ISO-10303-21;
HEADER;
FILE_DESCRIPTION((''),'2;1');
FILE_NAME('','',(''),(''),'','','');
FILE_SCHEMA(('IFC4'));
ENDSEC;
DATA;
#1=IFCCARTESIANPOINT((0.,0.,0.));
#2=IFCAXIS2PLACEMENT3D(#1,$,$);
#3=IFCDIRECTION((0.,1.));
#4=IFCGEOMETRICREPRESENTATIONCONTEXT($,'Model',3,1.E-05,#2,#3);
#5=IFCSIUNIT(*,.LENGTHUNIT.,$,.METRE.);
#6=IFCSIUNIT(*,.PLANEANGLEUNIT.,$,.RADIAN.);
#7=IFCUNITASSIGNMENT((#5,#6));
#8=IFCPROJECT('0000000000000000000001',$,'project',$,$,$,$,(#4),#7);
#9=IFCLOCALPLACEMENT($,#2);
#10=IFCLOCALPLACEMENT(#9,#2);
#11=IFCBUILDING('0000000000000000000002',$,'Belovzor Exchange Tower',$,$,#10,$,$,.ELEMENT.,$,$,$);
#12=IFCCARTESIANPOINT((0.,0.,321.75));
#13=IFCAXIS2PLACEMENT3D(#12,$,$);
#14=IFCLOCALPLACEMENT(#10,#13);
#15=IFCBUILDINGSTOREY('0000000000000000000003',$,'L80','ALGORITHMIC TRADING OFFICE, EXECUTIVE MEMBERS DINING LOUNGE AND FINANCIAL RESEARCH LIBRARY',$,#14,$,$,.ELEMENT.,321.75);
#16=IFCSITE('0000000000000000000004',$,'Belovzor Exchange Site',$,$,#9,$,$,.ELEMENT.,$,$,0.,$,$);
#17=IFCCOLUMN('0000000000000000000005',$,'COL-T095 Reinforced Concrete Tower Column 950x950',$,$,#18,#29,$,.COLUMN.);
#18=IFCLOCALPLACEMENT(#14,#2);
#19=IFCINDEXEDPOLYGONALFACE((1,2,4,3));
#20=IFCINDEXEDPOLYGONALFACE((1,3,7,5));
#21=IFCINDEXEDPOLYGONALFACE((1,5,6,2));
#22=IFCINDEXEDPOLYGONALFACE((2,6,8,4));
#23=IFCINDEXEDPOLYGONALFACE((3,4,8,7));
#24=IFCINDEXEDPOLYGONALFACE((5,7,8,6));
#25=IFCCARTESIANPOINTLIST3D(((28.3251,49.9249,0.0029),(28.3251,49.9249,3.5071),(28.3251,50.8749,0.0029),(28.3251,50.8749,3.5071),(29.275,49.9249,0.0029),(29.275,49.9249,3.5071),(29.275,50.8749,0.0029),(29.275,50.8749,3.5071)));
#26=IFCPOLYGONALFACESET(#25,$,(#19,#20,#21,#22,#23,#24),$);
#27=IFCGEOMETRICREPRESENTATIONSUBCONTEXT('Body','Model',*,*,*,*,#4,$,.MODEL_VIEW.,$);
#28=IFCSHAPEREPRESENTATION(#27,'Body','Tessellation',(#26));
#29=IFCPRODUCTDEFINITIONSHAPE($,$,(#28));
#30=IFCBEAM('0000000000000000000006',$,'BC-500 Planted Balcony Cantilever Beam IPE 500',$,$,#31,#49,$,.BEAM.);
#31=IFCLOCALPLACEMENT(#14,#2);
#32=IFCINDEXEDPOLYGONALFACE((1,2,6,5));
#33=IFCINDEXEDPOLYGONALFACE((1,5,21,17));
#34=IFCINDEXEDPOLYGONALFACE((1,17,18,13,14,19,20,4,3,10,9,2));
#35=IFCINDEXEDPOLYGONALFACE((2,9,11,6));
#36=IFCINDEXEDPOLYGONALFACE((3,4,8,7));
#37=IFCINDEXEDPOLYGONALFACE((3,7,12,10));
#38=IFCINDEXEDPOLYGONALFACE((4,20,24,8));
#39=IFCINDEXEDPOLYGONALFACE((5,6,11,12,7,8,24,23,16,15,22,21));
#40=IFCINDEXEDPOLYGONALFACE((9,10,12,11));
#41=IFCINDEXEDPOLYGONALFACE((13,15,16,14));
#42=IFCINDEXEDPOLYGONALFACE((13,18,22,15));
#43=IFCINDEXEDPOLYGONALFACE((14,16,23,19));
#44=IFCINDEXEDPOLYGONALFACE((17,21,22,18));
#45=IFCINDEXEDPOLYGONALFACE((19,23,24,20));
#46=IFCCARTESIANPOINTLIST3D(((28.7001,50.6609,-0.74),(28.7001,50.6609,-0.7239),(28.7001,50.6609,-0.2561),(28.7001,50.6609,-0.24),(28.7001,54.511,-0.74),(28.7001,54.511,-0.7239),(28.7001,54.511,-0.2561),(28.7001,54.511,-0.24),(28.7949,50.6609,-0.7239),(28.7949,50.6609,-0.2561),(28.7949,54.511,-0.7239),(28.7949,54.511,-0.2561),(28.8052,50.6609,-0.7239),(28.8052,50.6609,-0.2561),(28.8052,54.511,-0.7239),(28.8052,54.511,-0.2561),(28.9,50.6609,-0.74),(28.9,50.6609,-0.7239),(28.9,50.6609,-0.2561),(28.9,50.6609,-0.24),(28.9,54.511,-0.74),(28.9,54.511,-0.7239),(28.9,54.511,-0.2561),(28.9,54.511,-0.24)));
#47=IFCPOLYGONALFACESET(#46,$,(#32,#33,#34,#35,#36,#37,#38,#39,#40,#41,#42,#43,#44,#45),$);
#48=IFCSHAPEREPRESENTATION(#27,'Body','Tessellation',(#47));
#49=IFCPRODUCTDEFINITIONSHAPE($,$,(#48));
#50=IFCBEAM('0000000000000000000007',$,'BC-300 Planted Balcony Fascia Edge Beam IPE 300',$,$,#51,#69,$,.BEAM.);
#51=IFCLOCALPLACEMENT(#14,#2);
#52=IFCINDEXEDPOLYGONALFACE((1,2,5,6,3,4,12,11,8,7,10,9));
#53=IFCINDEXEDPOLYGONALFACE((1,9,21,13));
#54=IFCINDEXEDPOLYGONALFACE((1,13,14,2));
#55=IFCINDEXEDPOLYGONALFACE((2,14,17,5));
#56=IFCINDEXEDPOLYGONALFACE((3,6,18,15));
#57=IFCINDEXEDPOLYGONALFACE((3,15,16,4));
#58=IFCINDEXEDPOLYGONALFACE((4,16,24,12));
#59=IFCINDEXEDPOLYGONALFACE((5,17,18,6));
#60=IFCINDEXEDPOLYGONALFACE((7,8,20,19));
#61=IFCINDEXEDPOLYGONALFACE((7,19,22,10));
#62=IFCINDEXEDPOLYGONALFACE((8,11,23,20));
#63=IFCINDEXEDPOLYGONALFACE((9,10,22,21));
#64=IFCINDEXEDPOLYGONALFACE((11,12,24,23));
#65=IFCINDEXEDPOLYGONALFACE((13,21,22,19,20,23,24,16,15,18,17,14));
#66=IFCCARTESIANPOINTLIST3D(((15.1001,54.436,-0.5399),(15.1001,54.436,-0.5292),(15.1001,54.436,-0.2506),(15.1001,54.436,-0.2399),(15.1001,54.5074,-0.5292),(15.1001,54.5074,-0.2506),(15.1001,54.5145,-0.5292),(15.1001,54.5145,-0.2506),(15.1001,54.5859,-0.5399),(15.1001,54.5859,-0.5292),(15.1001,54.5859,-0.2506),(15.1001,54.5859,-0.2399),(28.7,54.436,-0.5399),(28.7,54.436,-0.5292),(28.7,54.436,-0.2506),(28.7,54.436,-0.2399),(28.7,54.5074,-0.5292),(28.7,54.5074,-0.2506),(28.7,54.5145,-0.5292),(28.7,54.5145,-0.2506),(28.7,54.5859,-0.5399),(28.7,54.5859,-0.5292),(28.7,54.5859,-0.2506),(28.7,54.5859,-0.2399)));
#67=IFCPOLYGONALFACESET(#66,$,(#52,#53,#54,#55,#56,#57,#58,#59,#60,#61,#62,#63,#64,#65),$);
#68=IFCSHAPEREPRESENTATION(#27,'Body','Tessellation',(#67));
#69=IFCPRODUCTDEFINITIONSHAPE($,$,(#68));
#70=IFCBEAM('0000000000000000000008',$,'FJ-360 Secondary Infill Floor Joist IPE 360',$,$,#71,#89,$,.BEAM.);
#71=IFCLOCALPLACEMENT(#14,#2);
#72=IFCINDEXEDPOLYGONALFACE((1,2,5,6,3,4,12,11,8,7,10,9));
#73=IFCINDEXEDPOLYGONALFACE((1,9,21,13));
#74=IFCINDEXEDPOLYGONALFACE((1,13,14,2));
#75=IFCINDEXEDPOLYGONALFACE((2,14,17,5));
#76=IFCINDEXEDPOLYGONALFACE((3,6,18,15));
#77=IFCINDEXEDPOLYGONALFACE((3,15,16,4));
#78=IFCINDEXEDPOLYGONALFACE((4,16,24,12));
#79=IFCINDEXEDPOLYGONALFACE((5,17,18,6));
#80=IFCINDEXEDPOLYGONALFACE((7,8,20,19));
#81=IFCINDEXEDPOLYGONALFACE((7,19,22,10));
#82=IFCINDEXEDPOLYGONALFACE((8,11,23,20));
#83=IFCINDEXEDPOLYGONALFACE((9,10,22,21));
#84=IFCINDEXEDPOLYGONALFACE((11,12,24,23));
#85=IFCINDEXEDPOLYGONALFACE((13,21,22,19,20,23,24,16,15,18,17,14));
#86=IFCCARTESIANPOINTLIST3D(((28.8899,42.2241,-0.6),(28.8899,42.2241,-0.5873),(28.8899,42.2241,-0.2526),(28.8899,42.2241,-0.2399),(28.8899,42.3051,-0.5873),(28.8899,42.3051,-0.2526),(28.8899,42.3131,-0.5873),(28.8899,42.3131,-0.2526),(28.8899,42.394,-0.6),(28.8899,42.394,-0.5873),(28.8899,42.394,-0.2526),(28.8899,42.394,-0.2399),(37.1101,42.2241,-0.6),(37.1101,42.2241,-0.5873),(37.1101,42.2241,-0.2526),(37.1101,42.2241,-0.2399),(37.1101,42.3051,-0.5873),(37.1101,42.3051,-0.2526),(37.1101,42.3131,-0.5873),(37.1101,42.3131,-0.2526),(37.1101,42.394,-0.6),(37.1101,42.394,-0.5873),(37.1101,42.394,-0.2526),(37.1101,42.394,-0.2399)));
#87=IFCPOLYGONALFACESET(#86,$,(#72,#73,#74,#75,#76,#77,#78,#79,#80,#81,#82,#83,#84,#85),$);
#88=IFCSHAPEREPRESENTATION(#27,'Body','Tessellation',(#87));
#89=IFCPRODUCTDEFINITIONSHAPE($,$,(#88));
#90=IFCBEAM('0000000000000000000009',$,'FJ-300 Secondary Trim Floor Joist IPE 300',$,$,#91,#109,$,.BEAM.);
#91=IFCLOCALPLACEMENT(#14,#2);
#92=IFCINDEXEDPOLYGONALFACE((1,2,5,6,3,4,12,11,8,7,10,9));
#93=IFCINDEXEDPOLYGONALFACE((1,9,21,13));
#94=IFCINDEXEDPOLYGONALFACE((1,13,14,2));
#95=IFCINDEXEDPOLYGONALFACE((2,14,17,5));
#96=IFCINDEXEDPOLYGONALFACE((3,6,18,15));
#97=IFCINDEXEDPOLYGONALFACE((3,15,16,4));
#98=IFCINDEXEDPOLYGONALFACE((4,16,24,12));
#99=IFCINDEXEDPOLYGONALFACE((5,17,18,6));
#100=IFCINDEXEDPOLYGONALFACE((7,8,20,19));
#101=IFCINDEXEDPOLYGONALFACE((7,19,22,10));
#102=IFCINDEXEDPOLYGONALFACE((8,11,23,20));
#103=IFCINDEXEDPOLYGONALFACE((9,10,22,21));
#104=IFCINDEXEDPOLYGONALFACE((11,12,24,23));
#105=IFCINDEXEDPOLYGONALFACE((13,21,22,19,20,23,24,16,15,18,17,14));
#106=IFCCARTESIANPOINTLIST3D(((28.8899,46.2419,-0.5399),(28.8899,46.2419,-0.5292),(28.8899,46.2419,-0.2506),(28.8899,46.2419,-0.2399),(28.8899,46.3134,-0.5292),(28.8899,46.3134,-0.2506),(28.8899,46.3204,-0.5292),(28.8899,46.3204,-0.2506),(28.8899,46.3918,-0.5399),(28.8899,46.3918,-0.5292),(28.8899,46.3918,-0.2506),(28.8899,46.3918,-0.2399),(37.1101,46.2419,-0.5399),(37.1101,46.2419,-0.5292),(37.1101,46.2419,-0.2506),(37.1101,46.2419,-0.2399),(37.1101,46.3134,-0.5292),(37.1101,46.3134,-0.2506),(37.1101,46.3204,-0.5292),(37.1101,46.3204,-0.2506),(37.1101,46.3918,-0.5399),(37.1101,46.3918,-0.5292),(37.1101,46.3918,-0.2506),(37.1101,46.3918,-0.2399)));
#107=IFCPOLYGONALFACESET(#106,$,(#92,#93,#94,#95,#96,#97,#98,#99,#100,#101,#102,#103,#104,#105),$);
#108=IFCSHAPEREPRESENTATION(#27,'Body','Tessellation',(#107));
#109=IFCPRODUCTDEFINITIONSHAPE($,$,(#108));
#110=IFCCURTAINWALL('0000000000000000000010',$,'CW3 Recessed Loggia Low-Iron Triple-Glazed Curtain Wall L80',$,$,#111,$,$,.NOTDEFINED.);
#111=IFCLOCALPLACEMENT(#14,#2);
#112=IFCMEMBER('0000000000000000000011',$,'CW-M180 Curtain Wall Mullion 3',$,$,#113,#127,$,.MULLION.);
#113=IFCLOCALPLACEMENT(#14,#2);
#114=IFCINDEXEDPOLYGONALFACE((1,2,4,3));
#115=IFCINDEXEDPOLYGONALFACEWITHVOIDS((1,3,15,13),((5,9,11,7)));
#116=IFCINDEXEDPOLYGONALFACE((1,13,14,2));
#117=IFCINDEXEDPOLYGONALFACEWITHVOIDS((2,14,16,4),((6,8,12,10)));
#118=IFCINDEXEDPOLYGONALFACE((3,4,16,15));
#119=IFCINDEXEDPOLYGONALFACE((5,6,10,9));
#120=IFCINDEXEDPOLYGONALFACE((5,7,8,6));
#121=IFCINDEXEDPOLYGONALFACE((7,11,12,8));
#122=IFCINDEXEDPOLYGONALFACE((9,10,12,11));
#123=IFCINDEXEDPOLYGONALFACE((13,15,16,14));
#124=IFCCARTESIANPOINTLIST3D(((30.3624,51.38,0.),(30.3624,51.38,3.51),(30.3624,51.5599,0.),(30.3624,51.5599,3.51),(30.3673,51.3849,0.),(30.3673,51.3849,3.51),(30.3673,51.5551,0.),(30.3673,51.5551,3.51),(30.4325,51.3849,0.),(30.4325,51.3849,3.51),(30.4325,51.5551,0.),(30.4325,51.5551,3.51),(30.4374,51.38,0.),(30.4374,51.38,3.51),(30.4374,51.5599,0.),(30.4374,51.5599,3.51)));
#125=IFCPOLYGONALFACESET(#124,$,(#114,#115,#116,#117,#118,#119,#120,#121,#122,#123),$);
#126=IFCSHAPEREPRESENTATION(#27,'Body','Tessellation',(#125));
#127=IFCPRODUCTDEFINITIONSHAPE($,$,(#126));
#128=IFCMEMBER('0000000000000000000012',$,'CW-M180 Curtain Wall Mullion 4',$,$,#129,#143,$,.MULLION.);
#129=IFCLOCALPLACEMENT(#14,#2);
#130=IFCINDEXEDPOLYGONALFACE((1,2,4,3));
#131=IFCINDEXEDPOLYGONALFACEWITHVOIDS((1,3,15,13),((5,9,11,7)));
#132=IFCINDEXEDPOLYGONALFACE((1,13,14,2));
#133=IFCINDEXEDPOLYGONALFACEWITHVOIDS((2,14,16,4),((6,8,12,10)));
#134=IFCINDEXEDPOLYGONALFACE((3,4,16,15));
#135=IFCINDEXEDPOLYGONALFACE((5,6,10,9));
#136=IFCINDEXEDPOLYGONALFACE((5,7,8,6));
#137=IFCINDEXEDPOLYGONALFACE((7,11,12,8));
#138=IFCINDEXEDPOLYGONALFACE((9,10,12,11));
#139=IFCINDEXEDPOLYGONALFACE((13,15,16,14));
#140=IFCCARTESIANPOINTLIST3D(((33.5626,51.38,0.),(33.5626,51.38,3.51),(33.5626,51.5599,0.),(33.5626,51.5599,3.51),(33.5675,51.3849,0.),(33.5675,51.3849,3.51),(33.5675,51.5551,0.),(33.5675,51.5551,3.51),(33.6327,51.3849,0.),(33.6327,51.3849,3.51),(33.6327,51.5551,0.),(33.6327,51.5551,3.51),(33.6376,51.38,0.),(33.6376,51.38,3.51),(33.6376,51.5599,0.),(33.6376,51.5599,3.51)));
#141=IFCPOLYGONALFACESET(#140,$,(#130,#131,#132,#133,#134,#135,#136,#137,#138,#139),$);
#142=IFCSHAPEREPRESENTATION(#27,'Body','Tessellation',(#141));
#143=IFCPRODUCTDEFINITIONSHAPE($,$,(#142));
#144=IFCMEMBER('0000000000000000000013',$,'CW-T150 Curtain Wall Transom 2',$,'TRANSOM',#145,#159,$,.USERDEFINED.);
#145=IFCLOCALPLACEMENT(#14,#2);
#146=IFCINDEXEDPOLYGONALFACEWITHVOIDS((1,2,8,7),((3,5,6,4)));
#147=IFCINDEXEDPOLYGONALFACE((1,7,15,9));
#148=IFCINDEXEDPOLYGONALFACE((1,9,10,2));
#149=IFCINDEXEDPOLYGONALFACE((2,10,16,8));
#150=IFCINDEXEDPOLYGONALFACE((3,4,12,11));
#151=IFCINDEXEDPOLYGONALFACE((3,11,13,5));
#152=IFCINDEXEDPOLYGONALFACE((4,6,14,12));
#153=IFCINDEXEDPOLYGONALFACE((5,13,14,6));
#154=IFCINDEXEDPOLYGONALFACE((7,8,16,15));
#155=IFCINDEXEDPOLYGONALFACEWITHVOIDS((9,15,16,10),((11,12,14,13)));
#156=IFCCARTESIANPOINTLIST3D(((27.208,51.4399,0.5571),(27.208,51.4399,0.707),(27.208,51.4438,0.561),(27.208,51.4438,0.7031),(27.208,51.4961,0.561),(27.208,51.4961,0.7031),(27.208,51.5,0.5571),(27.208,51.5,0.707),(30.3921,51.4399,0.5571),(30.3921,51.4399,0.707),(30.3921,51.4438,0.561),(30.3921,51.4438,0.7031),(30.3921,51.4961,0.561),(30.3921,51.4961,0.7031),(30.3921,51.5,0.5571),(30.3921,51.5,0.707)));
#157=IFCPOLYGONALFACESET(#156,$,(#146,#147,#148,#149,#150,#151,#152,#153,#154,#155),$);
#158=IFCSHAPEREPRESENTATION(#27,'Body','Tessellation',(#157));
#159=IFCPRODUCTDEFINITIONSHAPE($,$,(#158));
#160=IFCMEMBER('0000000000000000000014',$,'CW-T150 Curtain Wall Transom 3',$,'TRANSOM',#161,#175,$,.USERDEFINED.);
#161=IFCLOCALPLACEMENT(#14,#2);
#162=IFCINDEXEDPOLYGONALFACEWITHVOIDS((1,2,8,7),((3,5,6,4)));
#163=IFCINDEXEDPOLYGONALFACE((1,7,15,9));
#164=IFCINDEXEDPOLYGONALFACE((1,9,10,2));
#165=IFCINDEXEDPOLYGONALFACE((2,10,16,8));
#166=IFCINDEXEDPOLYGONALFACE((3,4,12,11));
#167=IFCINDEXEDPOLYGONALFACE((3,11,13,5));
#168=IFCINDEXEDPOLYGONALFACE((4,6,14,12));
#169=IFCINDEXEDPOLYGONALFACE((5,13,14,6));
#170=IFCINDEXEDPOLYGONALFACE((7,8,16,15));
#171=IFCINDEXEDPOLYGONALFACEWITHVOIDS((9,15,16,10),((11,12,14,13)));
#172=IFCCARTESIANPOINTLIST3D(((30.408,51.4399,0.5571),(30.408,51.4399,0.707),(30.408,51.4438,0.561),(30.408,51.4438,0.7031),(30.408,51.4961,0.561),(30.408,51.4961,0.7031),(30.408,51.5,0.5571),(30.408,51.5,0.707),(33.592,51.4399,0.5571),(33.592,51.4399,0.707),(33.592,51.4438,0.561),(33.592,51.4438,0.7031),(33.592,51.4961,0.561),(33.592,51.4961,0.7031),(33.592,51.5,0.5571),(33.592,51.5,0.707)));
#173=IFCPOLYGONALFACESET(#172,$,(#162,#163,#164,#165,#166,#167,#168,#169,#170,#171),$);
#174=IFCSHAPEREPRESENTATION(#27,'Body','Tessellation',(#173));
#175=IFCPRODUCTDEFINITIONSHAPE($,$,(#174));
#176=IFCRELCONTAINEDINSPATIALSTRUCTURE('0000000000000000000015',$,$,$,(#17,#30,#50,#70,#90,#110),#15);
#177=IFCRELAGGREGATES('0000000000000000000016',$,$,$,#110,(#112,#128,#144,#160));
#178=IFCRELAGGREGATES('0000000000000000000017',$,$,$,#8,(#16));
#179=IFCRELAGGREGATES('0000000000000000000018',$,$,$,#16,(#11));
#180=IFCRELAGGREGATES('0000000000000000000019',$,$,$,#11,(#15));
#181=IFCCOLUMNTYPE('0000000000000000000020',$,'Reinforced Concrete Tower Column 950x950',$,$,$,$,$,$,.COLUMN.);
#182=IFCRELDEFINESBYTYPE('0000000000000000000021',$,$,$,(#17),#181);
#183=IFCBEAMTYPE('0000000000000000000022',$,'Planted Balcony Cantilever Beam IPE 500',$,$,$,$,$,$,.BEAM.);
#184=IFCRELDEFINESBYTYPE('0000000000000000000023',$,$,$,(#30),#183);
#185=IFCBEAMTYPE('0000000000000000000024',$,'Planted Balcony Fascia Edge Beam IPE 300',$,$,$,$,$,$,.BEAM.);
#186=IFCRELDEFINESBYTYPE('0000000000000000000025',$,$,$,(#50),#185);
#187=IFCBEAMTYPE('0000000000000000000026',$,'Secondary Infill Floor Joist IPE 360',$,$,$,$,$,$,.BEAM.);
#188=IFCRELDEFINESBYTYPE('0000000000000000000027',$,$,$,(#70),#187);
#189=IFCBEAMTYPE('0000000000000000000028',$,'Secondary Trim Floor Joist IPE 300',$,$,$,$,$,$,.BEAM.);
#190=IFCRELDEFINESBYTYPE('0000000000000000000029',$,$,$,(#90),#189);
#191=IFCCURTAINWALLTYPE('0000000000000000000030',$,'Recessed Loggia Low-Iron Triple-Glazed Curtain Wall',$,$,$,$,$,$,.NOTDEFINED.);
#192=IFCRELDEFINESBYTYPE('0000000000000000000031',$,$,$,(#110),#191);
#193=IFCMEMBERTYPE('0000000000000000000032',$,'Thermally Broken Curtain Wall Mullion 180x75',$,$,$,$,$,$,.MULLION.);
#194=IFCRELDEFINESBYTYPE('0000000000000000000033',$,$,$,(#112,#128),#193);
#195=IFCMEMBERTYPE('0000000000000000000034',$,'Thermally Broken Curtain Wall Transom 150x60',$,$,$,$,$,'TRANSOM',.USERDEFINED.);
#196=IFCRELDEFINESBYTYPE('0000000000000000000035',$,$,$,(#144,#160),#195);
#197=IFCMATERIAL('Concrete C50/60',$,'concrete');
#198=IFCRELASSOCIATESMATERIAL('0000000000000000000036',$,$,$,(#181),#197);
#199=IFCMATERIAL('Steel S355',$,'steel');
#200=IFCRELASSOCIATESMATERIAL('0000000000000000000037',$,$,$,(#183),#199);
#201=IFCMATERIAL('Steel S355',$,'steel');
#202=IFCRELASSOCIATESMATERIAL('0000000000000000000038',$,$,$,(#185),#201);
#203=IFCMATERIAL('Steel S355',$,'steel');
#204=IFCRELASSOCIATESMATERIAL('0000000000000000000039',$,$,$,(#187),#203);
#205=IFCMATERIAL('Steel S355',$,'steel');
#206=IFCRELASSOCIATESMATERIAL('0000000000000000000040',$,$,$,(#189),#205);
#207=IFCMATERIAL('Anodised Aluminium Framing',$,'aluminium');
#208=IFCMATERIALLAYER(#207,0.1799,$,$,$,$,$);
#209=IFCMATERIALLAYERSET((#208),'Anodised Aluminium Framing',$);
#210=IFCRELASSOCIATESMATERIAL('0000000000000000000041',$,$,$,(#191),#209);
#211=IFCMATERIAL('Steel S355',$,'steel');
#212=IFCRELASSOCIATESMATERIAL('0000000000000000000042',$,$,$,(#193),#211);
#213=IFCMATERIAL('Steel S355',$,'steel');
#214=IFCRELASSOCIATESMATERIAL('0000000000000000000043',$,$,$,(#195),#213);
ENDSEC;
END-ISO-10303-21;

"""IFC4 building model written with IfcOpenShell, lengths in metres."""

from ifc_helpers import new_model, si_unit, direction, frame, origin, origin_2d, place, context, subcontext, project, spatial, rectangle, hollow_rectangle, i_section, extrude, material, layer, layer_set, material_profile, profile_set, type_object, element, aggregate, save


model = new_model("IFC4")

# Units and contexts
model_context = context("Model", 3, precision=1e-05, world=origin(), true_north=direction((0.0, 1.0)))
body_context = subcontext(model_context, "Body", "Model", "MODEL_VIEW")
ifc_project = project(units=[si_unit("LENGTHUNIT", "METRE"), si_unit("PLANEANGLEUNIT", "RADIAN")], contexts=[model_context])

# Site, building, storey
site_placement = place(None, origin())
site = spatial("IfcSite", under=ifc_project, at=site_placement, Name="Belovzor Exchange Site", CompositionType="ELEMENT", RefElevation=0.0)
building_placement = place(site_placement, origin())
building = spatial("IfcBuilding", under=site, at=building_placement, Name="Belovzor Exchange Tower", CompositionType="ELEMENT")
storey_placement = place(building_placement, frame((0.0, 0.0, 321.75)))
storey = spatial("IfcBuildingStorey", under=building, at=storey_placement, Name="L80", Description="ALGORITHMIC TRADING OFFICE, EXECUTIVE MEMBERS DINING LOUNGE AND FINANCIAL RESEARCH LIBRARY", CompositionType="ELEMENT", Elevation=321.75)

# Column
ifc_material_1 = material(Name="Concrete C50/60", Category="concrete")
ifc_material_profile_1 = material_profile(ifc_material_1, rectangle(XDim=0.95, YDim=0.95, at=origin_2d()))
ifc_profile_set_1 = profile_set([ifc_material_profile_1], Name="Concrete C50/60")
column_type = type_object("IfcColumnType", Name="Reinforced Concrete Tower Column 950x950", PredefinedType="COLUMN", material=ifc_profile_set_1)
column_placement = place(storey_placement, frame((28.8, 50.3999, 0.0029), z_axis=(0.0, 0.0, 1.0), x_axis=(1.0, 0.0, 0.0)))
element("IfcColumn", 1, at=column_placement, inside=storey, type_object=column_type, Name="COL-T095 Reinforced Concrete Tower Column 950x950", PredefinedType="COLUMN", context=body_context, shape_type="SweptSolid", body=[
    extrude(rectangle(XDim=0.95, YDim=0.95, at=origin_2d()), origin(), (0.0, 0.0, 1.0), 3.5042),
])

# Beams
ifc_material_2 = material(Name="Steel S355", Category="steel")
ifc_material_profile_2 = material_profile(ifc_material_2, i_section(OverallWidth=0.2, OverallDepth=0.5, WebThickness=0.0103, FlangeThickness=0.0161, at=origin_2d()))
ifc_profile_set_2 = profile_set([ifc_material_profile_2], Name="Steel S355")
beam_type_1 = type_object("IfcBeamType", Name="Planted Balcony Cantilever Beam IPE 500", PredefinedType="BEAM", material=ifc_profile_set_2)
beam_1_placement = place(storey_placement, frame((28.8, 50.6609, -0.49), z_axis=(0.0, 1.0, 0.0), x_axis=(-1.0, 0.0, 0.0)))
element("IfcBeam", 2, at=beam_1_placement, inside=storey, type_object=beam_type_1, Name="BC-500 Planted Balcony Cantilever Beam IPE 500", PredefinedType="BEAM", context=body_context, shape_type="SweptSolid", body=[
    extrude(i_section(OverallWidth=0.2, OverallDepth=0.5, WebThickness=0.0103, FlangeThickness=0.0161, at=origin_2d()), origin(), (0.0, 0.0, 1.0), 3.8501),
])
ifc_material_3 = material(Name="Steel S355", Category="steel")
ifc_material_profile_3 = material_profile(ifc_material_3, i_section(OverallWidth=0.1499, OverallDepth=0.3, WebThickness=0.0071, FlangeThickness=0.0107, at=origin_2d()))
ifc_profile_set_3 = profile_set([ifc_material_profile_3], Name="Steel S355")
beam_type_2 = type_object("IfcBeamType", Name="Planted Balcony Fascia Edge Beam IPE 300", PredefinedType="BEAM", material=ifc_profile_set_3)
beam_2_placement = place(storey_placement, frame((28.7, 54.511, -0.3899), z_axis=(-1.0, 0.0, 0.0), x_axis=(0.0, -1.0, 0.0)))
element("IfcBeam", 3, at=beam_2_placement, inside=storey, type_object=beam_type_2, Name="BC-300 Planted Balcony Fascia Edge Beam IPE 300", PredefinedType="BEAM", context=body_context, shape_type="SweptSolid", body=[
    extrude(i_section(OverallWidth=0.1499, OverallDepth=0.3, WebThickness=0.0071, FlangeThickness=0.0107, at=origin_2d()), origin(), (0.0, 0.0, 1.0), 13.5999),
])
ifc_material_4 = material(Name="Steel S355", Category="steel")
ifc_material_profile_4 = material_profile(ifc_material_4, i_section(OverallWidth=0.1699, OverallDepth=0.3601, WebThickness=0.0081, FlangeThickness=0.0127, at=origin_2d()))
ifc_profile_set_4 = profile_set([ifc_material_profile_4], Name="Steel S355")
beam_type_3 = type_object("IfcBeamType", Name="Secondary Infill Floor Joist IPE 360", PredefinedType="BEAM", material=ifc_profile_set_4)
beam_3_placement = place(storey_placement, frame((28.8899, 42.3091, -0.4199), z_axis=(1.0, 0.0, 0.0), x_axis=(0.0, 1.0, 0.0)))
element("IfcBeam", 4, at=beam_3_placement, inside=storey, type_object=beam_type_3, Name="FJ-360 Secondary Infill Floor Joist IPE 360", PredefinedType="BEAM", context=body_context, shape_type="SweptSolid", body=[
    extrude(i_section(OverallWidth=0.1699, OverallDepth=0.3601, WebThickness=0.0081, FlangeThickness=0.0127, at=origin_2d()), origin(), (0.0, 0.0, 1.0), 8.2202),
])
ifc_material_5 = material(Name="Steel S355", Category="steel")
ifc_material_profile_5 = material_profile(ifc_material_5, i_section(OverallWidth=0.1499, OverallDepth=0.3, WebThickness=0.0071, FlangeThickness=0.0107, at=origin_2d()))
ifc_profile_set_5 = profile_set([ifc_material_profile_5], Name="Steel S355")
beam_type_4 = type_object("IfcBeamType", Name="Secondary Trim Floor Joist IPE 300", PredefinedType="BEAM", material=ifc_profile_set_5)
beam_4_placement = place(storey_placement, frame((28.8899, 46.3169, -0.3899), z_axis=(1.0, 0.0, 0.0), x_axis=(0.0, 1.0, 0.0)))
element("IfcBeam", 5, at=beam_4_placement, inside=storey, type_object=beam_type_4, Name="FJ-300 Secondary Trim Floor Joist IPE 300", PredefinedType="BEAM", context=body_context, shape_type="SweptSolid", body=[
    extrude(i_section(OverallWidth=0.1499, OverallDepth=0.3, WebThickness=0.0071, FlangeThickness=0.0107, at=origin_2d()), origin(), (0.0, 0.0, 1.0), 8.2202),
])

# Curtain wall, members
ifc_material_6 = material(Name="Anodised Aluminium Framing", Category="aluminium")
ifc_layer_1 = layer(ifc_material_6, 0.1799)
ifc_layer_set_1 = layer_set([ifc_layer_1], Name="Anodised Aluminium Framing")
curtain_wall_type = type_object("IfcCurtainWallType", Name="Recessed Loggia Low-Iron Triple-Glazed Curtain Wall", PredefinedType="NOTDEFINED", material=ifc_layer_set_1)
curtain_wall_placement = place(storey_placement, origin())
curtain_wall = element("IfcCurtainWall", 6, at=curtain_wall_placement, inside=storey, type_object=curtain_wall_type, Name="CW3 Recessed Loggia Low-Iron Triple-Glazed Curtain Wall L80", PredefinedType="NOTDEFINED")
ifc_material_7 = material(Name="Steel S355", Category="steel")
ifc_material_profile_6 = material_profile(ifc_material_7, hollow_rectangle(XDim=0.075, YDim=0.1799, WallThickness=0.0049, at=origin_2d()))
ifc_profile_set_6 = profile_set([ifc_material_profile_6], Name="Steel S355")
member_type_1 = type_object("IfcMemberType", Name="Thermally Broken Curtain Wall Mullion 180x75", PredefinedType="MULLION", material=ifc_profile_set_6)
member_1_placement = place(storey_placement, frame((30.3999, 51.47, 0.0), z_axis=(0.0, 0.0, 1.0), x_axis=(1.0, 0.0, 0.0)))
member_1 = element("IfcMember", 7, at=member_1_placement, type_object=member_type_1, Name="CW-M180 Curtain Wall Mullion 3", PredefinedType="MULLION", context=body_context, shape_type="SweptSolid", body=[
    extrude(hollow_rectangle(XDim=0.075, YDim=0.1799, WallThickness=0.0049, at=origin_2d()), origin(), (0.0, 0.0, 1.0), 3.51),
])
member_2_placement = place(storey_placement, frame((33.6001, 51.47, 0.0), z_axis=(0.0, 0.0, 1.0), x_axis=(1.0, 0.0, 0.0)))
member_2 = element("IfcMember", 8, at=member_2_placement, type_object=member_type_1, Name="CW-M180 Curtain Wall Mullion 4", PredefinedType="MULLION", context=body_context, shape_type="SweptSolid", body=[
    extrude(hollow_rectangle(XDim=0.075, YDim=0.1799, WallThickness=0.0049, at=origin_2d()), origin(), (0.0, 0.0, 1.0), 3.51),
])
ifc_material_8 = material(Name="Steel S355", Category="steel")
ifc_material_profile_7 = material_profile(ifc_material_8, hollow_rectangle(XDim=0.0601, YDim=0.1499, WallThickness=0.0039, at=origin_2d()))
ifc_profile_set_7 = profile_set([ifc_material_profile_7], Name="Steel S355")
member_type_2 = type_object("IfcMemberType", Name="Thermally Broken Curtain Wall Transom 150x60", ElementType="TRANSOM", PredefinedType="USERDEFINED", material=ifc_profile_set_7)
member_3_placement = place(storey_placement, frame((27.208, 51.47, 0.6321), z_axis=(1.0, 0.0, 0.0), x_axis=(0.0, 1.0, 0.0)))
member_3 = element("IfcMember", 9, at=member_3_placement, type_object=member_type_2, Name="CW-T150 Curtain Wall Transom 2", ObjectType="TRANSOM", PredefinedType="USERDEFINED", context=body_context, shape_type="SweptSolid", body=[
    extrude(hollow_rectangle(XDim=0.0601, YDim=0.1499, WallThickness=0.0039, at=origin_2d()), origin(), (0.0, 0.0, 1.0), 3.1841),
])
member_4_placement = place(storey_placement, frame((30.408, 51.47, 0.6321), z_axis=(1.0, 0.0, 0.0), x_axis=(0.0, 1.0, 0.0)))
member_4 = element("IfcMember", 10, at=member_4_placement, type_object=member_type_2, Name="CW-T150 Curtain Wall Transom 3", ObjectType="TRANSOM", PredefinedType="USERDEFINED", context=body_context, shape_type="SweptSolid", body=[
    extrude(hollow_rectangle(XDim=0.0601, YDim=0.1499, WallThickness=0.0039, at=origin_2d()), origin(), (0.0, 0.0, 1.0), 3.1841),
])

aggregate(curtain_wall, [member_1, member_2, member_3, member_4])

save(model, "model.ifc")
